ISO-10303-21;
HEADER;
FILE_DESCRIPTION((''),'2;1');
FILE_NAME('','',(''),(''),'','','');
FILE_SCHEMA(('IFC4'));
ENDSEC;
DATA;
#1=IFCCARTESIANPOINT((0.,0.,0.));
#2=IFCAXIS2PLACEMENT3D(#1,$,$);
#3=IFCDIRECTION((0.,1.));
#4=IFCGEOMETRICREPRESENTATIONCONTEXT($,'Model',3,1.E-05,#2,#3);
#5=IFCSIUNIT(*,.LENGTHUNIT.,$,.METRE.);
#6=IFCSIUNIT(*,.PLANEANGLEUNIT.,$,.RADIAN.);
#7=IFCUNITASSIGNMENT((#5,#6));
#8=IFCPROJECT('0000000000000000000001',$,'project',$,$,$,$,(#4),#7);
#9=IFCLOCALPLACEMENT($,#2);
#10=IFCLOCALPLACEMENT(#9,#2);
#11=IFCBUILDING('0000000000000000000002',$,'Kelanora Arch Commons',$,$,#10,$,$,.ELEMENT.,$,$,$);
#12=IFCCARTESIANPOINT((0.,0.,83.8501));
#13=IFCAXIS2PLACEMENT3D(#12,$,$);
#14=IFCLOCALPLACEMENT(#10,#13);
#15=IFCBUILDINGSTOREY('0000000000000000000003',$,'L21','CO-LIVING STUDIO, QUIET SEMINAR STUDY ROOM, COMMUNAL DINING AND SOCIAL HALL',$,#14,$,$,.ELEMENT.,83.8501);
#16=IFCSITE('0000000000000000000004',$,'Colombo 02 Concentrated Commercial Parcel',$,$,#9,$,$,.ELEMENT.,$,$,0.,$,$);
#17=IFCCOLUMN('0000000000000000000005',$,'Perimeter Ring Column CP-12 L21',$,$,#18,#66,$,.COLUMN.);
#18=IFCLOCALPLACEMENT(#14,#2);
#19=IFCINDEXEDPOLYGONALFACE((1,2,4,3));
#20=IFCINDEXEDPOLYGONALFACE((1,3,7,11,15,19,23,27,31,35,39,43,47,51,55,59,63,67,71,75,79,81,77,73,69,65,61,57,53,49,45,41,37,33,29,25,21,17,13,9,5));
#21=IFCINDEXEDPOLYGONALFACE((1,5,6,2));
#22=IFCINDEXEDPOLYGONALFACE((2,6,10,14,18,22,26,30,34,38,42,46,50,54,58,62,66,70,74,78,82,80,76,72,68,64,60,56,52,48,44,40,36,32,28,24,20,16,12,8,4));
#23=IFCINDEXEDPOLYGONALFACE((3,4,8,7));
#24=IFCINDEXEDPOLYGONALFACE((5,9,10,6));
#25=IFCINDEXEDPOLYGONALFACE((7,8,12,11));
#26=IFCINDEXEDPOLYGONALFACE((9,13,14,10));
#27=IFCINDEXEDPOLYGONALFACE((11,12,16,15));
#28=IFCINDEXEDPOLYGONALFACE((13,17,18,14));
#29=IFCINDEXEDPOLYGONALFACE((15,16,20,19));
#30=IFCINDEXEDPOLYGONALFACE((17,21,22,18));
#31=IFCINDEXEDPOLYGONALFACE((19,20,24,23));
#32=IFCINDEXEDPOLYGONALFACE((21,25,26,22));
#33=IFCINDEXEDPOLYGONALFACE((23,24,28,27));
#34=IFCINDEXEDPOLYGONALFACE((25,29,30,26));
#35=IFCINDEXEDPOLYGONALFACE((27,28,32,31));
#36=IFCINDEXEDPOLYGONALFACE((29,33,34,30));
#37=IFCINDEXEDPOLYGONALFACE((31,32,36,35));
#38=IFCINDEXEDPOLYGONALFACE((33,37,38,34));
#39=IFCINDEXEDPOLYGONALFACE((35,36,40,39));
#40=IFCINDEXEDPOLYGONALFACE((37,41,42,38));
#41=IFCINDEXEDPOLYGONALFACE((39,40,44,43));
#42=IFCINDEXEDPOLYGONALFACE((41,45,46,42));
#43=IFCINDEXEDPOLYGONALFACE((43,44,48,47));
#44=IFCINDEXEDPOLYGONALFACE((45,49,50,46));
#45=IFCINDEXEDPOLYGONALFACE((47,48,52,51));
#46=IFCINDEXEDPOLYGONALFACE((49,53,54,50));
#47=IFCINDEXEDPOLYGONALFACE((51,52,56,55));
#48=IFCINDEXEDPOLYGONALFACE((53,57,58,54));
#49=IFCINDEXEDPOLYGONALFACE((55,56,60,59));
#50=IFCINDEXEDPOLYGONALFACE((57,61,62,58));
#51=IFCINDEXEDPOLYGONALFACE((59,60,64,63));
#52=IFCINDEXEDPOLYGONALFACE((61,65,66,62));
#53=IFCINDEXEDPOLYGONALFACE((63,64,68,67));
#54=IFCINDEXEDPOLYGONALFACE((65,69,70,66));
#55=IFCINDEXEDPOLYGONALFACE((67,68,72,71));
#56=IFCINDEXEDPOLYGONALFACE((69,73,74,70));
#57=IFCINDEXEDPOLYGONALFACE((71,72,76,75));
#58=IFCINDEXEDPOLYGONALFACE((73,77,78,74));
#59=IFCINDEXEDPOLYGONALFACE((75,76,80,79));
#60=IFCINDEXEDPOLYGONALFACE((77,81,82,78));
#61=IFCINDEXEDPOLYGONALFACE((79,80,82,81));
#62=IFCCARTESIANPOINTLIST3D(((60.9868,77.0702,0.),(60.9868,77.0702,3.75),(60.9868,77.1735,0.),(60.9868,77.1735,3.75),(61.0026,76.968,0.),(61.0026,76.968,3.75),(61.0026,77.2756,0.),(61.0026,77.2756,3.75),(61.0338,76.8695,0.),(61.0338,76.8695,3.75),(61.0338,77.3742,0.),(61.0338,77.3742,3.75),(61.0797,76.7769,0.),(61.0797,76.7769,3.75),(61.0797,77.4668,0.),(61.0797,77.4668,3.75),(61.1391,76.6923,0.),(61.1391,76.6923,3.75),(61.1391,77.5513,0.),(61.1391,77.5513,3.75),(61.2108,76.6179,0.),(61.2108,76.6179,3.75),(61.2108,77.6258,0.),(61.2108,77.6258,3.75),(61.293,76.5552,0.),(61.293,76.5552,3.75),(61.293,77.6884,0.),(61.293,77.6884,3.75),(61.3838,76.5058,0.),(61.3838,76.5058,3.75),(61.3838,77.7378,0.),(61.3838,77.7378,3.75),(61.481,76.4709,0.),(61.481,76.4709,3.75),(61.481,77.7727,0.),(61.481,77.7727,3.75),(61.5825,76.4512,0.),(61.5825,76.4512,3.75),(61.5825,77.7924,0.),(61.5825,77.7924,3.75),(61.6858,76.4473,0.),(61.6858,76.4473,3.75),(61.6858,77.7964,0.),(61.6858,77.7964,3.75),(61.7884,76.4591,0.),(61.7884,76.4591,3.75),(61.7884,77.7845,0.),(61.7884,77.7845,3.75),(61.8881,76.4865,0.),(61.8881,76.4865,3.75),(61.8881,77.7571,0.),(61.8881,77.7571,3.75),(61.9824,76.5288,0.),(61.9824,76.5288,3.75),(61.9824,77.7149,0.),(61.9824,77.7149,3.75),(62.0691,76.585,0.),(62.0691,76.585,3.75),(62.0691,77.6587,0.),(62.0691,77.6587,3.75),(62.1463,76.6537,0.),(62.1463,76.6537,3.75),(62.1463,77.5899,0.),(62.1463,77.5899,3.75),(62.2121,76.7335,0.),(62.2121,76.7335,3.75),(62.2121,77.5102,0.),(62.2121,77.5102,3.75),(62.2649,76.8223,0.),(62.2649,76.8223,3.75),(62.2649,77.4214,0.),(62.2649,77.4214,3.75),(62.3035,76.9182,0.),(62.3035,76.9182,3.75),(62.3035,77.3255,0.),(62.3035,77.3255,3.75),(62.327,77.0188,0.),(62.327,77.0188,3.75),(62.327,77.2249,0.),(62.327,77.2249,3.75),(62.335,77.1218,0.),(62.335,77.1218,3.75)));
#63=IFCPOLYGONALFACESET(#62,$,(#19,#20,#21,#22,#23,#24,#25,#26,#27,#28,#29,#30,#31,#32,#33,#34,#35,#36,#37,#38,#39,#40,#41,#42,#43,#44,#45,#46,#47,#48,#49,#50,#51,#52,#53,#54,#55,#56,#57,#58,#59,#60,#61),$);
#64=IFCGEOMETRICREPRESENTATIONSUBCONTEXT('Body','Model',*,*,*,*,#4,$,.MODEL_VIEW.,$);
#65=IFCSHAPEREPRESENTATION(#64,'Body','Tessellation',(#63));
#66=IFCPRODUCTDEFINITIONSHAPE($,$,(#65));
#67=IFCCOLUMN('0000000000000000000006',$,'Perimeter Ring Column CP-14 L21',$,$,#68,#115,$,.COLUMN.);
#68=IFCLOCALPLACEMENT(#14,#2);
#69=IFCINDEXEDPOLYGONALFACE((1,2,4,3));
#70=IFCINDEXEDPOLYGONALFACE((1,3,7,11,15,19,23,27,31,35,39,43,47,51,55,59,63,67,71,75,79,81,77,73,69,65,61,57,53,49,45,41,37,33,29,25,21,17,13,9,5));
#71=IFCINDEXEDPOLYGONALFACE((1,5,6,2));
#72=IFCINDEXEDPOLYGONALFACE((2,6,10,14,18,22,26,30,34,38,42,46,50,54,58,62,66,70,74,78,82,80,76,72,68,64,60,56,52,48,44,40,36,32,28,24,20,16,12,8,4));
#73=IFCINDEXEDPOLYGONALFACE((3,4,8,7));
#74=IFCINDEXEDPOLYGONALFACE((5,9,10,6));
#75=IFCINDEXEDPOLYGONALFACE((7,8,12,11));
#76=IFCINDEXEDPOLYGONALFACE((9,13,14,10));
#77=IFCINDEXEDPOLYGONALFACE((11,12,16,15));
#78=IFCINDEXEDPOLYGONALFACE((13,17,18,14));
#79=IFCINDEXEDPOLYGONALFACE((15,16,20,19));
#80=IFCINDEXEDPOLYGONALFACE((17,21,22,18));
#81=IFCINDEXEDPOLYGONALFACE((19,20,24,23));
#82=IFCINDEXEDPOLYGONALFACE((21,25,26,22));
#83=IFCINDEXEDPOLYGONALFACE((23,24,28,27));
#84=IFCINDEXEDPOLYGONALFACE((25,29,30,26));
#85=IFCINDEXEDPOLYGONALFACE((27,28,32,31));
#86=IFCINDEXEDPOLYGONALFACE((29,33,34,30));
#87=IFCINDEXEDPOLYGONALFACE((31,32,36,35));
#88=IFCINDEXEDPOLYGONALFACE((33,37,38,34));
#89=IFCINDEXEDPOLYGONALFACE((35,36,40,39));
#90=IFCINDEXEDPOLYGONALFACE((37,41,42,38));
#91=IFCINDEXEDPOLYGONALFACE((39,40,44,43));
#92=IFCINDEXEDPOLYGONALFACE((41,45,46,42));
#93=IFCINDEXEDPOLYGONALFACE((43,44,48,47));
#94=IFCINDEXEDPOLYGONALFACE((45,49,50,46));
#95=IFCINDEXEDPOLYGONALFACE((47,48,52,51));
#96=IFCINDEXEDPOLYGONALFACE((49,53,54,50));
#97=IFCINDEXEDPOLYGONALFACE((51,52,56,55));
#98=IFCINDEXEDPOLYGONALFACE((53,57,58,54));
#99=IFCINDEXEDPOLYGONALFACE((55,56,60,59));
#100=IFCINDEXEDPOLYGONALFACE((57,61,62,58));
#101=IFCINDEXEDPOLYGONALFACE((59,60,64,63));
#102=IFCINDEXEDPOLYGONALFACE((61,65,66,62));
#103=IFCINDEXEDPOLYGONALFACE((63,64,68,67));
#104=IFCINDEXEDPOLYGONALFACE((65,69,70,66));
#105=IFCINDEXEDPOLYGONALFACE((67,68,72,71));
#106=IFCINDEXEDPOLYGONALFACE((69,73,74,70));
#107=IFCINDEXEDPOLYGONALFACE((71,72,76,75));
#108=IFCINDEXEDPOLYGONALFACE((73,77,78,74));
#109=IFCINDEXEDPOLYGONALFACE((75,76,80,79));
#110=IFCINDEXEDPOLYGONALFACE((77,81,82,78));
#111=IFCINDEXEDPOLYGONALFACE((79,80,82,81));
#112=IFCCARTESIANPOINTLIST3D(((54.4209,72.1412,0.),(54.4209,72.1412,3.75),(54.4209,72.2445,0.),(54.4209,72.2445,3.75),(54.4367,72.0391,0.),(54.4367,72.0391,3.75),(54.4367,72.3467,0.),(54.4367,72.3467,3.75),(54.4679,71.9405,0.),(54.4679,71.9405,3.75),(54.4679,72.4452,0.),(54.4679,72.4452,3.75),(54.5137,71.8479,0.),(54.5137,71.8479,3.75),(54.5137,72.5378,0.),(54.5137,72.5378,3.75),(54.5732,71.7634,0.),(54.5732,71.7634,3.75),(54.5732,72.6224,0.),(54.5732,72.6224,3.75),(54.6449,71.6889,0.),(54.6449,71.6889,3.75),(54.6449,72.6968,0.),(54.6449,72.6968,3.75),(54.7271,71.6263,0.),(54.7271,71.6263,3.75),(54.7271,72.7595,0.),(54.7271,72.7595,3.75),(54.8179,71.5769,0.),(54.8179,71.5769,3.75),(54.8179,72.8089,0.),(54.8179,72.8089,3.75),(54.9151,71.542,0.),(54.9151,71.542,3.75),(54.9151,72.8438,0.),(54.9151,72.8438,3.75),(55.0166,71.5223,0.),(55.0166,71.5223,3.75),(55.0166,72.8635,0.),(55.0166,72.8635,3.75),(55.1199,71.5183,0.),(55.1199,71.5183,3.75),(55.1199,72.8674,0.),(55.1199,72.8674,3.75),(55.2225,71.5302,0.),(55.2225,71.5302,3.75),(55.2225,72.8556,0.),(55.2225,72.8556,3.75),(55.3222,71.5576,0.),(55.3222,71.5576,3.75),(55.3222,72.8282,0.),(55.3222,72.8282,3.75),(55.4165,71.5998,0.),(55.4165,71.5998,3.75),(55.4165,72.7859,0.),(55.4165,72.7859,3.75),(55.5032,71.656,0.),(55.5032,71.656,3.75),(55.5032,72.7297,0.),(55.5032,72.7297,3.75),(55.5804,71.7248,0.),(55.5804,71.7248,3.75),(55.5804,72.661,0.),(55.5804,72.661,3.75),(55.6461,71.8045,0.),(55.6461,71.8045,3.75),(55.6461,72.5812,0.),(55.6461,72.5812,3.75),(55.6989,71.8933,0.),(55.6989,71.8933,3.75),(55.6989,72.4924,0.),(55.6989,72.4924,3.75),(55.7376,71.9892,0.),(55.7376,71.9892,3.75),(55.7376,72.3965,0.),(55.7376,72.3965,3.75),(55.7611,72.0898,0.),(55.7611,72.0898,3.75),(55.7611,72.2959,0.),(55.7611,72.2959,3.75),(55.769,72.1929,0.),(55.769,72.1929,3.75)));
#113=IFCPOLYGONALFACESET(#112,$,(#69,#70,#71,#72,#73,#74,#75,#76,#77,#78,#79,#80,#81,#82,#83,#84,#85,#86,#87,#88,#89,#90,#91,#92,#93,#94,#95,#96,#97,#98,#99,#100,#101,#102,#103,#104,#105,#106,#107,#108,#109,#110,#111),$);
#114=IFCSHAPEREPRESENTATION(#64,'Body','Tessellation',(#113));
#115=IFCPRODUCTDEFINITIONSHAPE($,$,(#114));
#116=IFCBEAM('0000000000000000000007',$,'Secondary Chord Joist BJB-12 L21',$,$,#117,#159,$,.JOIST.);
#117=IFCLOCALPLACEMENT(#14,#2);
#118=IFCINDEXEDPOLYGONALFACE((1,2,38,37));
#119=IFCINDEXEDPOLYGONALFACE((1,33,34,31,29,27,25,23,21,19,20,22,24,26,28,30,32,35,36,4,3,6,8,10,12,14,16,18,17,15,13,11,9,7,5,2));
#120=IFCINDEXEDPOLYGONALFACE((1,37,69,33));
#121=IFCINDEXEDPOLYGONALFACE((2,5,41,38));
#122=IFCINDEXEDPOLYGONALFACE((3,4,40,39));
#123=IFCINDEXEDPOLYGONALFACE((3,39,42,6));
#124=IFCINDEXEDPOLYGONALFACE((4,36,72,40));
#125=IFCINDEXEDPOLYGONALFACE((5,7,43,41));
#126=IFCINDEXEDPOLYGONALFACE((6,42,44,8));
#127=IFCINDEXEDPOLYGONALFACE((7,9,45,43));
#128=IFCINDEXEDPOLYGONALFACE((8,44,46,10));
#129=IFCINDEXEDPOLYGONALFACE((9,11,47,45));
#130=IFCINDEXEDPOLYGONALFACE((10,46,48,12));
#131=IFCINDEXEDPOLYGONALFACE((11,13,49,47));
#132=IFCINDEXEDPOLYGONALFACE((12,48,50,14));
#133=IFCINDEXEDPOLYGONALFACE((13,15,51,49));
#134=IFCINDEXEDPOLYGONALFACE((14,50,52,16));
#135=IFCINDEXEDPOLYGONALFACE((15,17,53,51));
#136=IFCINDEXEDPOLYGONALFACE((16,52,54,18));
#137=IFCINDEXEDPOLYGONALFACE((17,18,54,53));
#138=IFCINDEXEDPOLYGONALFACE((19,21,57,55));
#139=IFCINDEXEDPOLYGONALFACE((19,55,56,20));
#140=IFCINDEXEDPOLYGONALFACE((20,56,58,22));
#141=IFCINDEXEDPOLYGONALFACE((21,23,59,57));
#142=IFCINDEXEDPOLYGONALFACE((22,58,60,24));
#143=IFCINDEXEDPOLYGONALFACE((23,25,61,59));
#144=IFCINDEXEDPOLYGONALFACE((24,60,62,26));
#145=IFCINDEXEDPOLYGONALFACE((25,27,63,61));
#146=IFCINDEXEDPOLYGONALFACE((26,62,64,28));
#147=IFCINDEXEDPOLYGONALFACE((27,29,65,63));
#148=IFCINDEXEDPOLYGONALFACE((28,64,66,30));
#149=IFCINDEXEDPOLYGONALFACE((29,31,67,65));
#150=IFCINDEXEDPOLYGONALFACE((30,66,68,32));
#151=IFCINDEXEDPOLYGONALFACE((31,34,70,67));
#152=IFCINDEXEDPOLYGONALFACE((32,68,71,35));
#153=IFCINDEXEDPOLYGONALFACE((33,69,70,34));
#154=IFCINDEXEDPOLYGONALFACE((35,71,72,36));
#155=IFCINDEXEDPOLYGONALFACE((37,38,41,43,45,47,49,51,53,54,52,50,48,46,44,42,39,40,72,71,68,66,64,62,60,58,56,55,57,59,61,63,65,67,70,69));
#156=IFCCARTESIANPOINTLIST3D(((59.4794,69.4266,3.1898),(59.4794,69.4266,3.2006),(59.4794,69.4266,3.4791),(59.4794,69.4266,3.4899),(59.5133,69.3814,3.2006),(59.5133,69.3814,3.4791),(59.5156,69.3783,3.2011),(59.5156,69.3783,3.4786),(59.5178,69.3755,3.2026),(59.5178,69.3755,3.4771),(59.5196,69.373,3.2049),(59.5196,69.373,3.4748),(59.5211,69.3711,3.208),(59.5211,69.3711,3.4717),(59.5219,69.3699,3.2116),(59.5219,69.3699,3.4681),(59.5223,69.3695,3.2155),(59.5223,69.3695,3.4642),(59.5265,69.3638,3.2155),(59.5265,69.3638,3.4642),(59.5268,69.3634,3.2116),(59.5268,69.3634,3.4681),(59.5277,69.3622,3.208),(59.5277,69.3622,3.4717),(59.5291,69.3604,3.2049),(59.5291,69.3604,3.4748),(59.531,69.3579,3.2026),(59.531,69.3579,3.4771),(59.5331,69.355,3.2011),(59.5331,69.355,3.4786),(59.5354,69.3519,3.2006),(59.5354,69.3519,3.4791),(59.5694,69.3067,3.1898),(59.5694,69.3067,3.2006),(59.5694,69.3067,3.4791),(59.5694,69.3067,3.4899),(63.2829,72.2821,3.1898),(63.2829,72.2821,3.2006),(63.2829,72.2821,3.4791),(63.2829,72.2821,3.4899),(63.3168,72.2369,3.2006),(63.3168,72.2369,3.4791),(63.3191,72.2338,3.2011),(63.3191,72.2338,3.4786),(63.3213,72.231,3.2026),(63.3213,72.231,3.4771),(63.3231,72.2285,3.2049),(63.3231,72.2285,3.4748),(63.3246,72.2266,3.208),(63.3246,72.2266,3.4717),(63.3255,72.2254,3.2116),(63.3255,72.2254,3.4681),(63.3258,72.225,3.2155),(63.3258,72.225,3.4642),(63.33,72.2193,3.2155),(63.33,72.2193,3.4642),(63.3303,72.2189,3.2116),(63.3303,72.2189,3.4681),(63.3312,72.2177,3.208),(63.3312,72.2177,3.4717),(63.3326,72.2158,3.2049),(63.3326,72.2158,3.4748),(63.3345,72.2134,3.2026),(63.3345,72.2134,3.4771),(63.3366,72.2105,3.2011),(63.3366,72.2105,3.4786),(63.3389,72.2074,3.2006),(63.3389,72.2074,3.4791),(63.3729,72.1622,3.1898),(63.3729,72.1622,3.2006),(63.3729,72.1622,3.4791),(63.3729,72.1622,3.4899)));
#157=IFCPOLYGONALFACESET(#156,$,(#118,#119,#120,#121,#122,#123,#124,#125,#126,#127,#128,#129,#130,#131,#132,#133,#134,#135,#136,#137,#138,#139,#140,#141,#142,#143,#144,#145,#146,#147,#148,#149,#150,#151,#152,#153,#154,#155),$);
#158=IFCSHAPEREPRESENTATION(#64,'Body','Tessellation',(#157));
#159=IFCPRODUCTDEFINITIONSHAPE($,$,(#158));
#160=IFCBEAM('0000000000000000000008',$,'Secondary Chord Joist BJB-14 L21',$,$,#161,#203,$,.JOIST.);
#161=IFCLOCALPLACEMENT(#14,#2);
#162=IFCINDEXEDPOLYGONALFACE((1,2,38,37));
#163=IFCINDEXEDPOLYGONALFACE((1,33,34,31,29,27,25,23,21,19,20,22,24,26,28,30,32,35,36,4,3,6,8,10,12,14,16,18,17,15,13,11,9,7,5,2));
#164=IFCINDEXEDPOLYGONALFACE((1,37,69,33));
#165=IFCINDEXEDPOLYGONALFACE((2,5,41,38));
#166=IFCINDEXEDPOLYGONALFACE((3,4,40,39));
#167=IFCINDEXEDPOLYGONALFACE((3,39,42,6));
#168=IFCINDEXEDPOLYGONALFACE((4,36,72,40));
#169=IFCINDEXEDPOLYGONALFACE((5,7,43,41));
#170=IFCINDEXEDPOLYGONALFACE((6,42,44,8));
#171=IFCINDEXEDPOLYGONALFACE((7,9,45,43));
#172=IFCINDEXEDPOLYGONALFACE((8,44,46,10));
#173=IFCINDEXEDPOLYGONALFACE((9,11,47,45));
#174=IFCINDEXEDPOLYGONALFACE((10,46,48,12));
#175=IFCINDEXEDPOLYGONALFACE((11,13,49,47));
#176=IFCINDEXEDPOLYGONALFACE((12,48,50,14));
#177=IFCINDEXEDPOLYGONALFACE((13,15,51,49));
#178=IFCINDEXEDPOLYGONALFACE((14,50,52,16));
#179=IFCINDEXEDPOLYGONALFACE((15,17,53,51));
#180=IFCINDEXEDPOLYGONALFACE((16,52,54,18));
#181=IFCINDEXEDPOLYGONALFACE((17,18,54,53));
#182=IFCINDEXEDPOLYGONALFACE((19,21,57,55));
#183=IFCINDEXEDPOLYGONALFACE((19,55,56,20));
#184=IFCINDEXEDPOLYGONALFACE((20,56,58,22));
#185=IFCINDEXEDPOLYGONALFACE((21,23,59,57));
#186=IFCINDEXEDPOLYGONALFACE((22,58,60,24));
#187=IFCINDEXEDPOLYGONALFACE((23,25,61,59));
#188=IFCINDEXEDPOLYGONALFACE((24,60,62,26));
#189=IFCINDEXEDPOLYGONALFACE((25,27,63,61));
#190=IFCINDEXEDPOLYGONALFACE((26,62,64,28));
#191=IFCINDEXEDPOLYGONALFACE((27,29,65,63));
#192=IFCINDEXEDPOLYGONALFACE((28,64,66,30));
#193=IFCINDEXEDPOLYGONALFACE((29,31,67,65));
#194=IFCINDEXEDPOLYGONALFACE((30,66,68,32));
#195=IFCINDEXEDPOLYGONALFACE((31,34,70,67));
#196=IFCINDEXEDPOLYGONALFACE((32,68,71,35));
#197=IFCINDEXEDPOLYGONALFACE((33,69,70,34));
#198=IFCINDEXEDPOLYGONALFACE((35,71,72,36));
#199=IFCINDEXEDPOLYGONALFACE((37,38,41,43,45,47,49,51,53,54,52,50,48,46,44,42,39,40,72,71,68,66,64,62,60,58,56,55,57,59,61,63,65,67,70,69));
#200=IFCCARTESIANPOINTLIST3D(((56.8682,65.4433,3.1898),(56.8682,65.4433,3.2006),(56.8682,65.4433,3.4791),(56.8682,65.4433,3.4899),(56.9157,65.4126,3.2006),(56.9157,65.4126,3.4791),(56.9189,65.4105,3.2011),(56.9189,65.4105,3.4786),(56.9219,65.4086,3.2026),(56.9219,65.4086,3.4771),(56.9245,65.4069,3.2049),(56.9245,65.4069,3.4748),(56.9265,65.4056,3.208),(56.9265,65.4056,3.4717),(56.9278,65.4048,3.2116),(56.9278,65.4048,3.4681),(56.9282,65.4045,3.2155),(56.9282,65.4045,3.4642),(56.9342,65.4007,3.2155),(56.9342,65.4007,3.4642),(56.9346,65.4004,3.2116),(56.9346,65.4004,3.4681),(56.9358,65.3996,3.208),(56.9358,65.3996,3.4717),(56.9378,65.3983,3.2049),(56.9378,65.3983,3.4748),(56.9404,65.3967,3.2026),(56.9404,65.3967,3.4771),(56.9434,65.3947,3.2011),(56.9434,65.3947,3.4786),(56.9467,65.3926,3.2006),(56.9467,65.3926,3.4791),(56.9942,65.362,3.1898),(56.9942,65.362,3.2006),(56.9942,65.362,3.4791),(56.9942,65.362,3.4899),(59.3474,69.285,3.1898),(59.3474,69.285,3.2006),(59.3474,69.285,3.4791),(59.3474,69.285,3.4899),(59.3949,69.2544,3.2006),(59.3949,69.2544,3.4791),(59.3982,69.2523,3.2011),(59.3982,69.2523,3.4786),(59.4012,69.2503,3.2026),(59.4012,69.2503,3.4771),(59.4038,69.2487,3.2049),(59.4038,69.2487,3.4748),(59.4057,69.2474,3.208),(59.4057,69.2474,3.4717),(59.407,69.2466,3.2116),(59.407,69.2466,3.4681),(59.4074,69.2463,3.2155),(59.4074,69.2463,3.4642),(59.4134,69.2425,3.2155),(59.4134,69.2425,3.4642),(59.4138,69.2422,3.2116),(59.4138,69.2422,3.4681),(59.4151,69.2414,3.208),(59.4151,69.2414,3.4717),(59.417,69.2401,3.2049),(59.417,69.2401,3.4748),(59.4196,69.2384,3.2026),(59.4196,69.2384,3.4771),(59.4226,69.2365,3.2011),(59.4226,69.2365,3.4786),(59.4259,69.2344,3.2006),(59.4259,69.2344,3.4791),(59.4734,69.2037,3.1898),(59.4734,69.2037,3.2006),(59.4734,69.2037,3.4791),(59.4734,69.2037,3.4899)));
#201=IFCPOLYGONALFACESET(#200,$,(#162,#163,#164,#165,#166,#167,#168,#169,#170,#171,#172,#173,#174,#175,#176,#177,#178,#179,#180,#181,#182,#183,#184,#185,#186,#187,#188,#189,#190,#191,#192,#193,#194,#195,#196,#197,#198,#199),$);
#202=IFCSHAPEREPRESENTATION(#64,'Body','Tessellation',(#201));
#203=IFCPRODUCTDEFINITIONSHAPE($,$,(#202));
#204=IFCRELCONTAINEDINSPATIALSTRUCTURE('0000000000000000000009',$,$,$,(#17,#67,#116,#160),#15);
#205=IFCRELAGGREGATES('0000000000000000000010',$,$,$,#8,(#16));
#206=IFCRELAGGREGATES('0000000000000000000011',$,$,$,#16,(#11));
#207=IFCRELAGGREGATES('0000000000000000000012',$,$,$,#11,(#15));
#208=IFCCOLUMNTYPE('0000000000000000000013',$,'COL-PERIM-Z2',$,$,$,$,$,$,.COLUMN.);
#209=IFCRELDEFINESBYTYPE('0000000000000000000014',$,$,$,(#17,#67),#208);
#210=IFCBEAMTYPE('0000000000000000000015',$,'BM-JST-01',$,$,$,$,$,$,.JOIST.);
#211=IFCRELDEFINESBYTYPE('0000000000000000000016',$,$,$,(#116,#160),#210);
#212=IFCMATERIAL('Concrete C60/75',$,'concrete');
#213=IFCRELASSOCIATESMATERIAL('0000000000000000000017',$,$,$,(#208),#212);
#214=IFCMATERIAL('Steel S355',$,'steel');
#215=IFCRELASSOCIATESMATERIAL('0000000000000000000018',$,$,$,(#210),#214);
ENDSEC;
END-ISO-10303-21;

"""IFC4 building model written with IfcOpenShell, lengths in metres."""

from ifc_helpers import new_model, si_unit, direction, frame, origin, origin_2d, place, context, subcontext, project, spatial, circle, i_section, extrude, material, material_profile, profile_set, type_object, element, save


model = new_model("IFC4")

# Units and contexts
model_context = context("Model", 3, precision=1e-05, world=origin(), true_north=direction((0.0, 1.0)))
body_context = subcontext(model_context, "Body", "Model", "MODEL_VIEW")
ifc_project = project(units=[si_unit("LENGTHUNIT", "METRE"), si_unit("PLANEANGLEUNIT", "RADIAN")], contexts=[model_context])

# Site, building, storey
site_placement = place(None, origin())
site = spatial("IfcSite", under=ifc_project, at=site_placement, Name="Colombo 02 Concentrated Commercial Parcel", CompositionType="ELEMENT", RefElevation=0.0)
building_placement = place(site_placement, origin())
building = spatial("IfcBuilding", under=site, at=building_placement, Name="Kelanora Arch Commons", CompositionType="ELEMENT")
storey_placement = place(building_placement, frame((0.0, 0.0, 83.8501)))
storey = spatial("IfcBuildingStorey", under=building, at=storey_placement, Name="L21", Description="CO-LIVING STUDIO, QUIET SEMINAR STUDY ROOM, COMMUNAL DINING AND SOCIAL HALL", CompositionType="ELEMENT", Elevation=83.8501)

# Columns
ifc_material_1 = material(Name="Concrete C60/75", Category="concrete")
ifc_material_profile_1 = material_profile(ifc_material_1, circle(Radius=0.675, at=origin_2d()), Name="RCC1350")
ifc_profile_set_1 = profile_set([ifc_material_profile_1], Name="Concrete C60/75")
column_type = type_object("IfcColumnType", Name="COL-PERIM-Z2", PredefinedType="COLUMN", material=ifc_profile_set_1)
for number, where, z_axis, x_axis, name in (
    (1, (61.6599, 77.1218, 0.0), (0.0, 0.0, 1.0), (1.0, 0.0, 0.0), "Perimeter Ring Column CP-12 L21"),
    (2, (55.094, 72.1929, 0.0), (0.0, 0.0, 1.0), (1.0, 0.0, 0.0), "Perimeter Ring Column CP-14 L21"),
):
    element("IfcColumn", number, at=place(storey_placement, frame(where, z_axis=z_axis, x_axis=x_axis)), inside=storey, type_object=column_type, Name=name, PredefinedType="COLUMN", context=body_context, shape_type="SweptSolid", body=[
        extrude(circle(Radius=0.675, at=origin_2d()), origin(), (0.0, 0.0, 1.0), 3.75),
    ])

# Beams
ifc_material_2 = material(Name="Steel S355", Category="steel")
ifc_material_profile_2 = material_profile(ifc_material_2, i_section(OverallWidth=0.1499, OverallDepth=0.3, WebThickness=0.0071, FlangeThickness=0.0107, FilletRadius=0.0149, at=origin_2d()), Name="IPE300")
ifc_profile_set_2 = profile_set([ifc_material_profile_2], Name="Steel S355")
beam_type_1 = type_object("IfcBeamType", Name="BM-JST-01", PredefinedType="JOIST", material=ifc_profile_set_2)
beam_1_placement = place(storey_placement, frame((63.3279, 72.2222, 3.3398), z_axis=(-0.79971, -0.600386, 0.0), x_axis=(0.600386, -0.79971, 0.0)))
element("IfcBeam", 3, at=beam_1_placement, inside=storey, type_object=beam_type_1, Name="Secondary Chord Joist BJB-12 L21", PredefinedType="JOIST", context=body_context, shape_type="SweptSolid", body=[
    extrude(i_section(OverallWidth=0.1499, OverallDepth=0.3, WebThickness=0.0071, FlangeThickness=0.0107, FilletRadius=0.0149, at=origin_2d()), origin(), (0.0, 0.0, 1.0), 4.7561),
])
beam_2_placement = place(storey_placement, frame((59.4104, 69.2444, 3.3398), z_axis=(-0.54223, -0.84023, 0.0), x_axis=(0.84023, -0.54223, 0.0)))
element("IfcBeam", 4, at=beam_2_placement, inside=storey, type_object=beam_type_1, Name="Secondary Chord Joist BJB-14 L21", PredefinedType="JOIST", context=body_context, shape_type="SweptSolid", body=[
    extrude(i_section(OverallWidth=0.1499, OverallDepth=0.3, WebThickness=0.0071, FlangeThickness=0.0107, FilletRadius=0.0149, at=origin_2d()), origin(), (0.0, 0.0, 1.0), 4.5723),
])

save(model, "model.ifc")
